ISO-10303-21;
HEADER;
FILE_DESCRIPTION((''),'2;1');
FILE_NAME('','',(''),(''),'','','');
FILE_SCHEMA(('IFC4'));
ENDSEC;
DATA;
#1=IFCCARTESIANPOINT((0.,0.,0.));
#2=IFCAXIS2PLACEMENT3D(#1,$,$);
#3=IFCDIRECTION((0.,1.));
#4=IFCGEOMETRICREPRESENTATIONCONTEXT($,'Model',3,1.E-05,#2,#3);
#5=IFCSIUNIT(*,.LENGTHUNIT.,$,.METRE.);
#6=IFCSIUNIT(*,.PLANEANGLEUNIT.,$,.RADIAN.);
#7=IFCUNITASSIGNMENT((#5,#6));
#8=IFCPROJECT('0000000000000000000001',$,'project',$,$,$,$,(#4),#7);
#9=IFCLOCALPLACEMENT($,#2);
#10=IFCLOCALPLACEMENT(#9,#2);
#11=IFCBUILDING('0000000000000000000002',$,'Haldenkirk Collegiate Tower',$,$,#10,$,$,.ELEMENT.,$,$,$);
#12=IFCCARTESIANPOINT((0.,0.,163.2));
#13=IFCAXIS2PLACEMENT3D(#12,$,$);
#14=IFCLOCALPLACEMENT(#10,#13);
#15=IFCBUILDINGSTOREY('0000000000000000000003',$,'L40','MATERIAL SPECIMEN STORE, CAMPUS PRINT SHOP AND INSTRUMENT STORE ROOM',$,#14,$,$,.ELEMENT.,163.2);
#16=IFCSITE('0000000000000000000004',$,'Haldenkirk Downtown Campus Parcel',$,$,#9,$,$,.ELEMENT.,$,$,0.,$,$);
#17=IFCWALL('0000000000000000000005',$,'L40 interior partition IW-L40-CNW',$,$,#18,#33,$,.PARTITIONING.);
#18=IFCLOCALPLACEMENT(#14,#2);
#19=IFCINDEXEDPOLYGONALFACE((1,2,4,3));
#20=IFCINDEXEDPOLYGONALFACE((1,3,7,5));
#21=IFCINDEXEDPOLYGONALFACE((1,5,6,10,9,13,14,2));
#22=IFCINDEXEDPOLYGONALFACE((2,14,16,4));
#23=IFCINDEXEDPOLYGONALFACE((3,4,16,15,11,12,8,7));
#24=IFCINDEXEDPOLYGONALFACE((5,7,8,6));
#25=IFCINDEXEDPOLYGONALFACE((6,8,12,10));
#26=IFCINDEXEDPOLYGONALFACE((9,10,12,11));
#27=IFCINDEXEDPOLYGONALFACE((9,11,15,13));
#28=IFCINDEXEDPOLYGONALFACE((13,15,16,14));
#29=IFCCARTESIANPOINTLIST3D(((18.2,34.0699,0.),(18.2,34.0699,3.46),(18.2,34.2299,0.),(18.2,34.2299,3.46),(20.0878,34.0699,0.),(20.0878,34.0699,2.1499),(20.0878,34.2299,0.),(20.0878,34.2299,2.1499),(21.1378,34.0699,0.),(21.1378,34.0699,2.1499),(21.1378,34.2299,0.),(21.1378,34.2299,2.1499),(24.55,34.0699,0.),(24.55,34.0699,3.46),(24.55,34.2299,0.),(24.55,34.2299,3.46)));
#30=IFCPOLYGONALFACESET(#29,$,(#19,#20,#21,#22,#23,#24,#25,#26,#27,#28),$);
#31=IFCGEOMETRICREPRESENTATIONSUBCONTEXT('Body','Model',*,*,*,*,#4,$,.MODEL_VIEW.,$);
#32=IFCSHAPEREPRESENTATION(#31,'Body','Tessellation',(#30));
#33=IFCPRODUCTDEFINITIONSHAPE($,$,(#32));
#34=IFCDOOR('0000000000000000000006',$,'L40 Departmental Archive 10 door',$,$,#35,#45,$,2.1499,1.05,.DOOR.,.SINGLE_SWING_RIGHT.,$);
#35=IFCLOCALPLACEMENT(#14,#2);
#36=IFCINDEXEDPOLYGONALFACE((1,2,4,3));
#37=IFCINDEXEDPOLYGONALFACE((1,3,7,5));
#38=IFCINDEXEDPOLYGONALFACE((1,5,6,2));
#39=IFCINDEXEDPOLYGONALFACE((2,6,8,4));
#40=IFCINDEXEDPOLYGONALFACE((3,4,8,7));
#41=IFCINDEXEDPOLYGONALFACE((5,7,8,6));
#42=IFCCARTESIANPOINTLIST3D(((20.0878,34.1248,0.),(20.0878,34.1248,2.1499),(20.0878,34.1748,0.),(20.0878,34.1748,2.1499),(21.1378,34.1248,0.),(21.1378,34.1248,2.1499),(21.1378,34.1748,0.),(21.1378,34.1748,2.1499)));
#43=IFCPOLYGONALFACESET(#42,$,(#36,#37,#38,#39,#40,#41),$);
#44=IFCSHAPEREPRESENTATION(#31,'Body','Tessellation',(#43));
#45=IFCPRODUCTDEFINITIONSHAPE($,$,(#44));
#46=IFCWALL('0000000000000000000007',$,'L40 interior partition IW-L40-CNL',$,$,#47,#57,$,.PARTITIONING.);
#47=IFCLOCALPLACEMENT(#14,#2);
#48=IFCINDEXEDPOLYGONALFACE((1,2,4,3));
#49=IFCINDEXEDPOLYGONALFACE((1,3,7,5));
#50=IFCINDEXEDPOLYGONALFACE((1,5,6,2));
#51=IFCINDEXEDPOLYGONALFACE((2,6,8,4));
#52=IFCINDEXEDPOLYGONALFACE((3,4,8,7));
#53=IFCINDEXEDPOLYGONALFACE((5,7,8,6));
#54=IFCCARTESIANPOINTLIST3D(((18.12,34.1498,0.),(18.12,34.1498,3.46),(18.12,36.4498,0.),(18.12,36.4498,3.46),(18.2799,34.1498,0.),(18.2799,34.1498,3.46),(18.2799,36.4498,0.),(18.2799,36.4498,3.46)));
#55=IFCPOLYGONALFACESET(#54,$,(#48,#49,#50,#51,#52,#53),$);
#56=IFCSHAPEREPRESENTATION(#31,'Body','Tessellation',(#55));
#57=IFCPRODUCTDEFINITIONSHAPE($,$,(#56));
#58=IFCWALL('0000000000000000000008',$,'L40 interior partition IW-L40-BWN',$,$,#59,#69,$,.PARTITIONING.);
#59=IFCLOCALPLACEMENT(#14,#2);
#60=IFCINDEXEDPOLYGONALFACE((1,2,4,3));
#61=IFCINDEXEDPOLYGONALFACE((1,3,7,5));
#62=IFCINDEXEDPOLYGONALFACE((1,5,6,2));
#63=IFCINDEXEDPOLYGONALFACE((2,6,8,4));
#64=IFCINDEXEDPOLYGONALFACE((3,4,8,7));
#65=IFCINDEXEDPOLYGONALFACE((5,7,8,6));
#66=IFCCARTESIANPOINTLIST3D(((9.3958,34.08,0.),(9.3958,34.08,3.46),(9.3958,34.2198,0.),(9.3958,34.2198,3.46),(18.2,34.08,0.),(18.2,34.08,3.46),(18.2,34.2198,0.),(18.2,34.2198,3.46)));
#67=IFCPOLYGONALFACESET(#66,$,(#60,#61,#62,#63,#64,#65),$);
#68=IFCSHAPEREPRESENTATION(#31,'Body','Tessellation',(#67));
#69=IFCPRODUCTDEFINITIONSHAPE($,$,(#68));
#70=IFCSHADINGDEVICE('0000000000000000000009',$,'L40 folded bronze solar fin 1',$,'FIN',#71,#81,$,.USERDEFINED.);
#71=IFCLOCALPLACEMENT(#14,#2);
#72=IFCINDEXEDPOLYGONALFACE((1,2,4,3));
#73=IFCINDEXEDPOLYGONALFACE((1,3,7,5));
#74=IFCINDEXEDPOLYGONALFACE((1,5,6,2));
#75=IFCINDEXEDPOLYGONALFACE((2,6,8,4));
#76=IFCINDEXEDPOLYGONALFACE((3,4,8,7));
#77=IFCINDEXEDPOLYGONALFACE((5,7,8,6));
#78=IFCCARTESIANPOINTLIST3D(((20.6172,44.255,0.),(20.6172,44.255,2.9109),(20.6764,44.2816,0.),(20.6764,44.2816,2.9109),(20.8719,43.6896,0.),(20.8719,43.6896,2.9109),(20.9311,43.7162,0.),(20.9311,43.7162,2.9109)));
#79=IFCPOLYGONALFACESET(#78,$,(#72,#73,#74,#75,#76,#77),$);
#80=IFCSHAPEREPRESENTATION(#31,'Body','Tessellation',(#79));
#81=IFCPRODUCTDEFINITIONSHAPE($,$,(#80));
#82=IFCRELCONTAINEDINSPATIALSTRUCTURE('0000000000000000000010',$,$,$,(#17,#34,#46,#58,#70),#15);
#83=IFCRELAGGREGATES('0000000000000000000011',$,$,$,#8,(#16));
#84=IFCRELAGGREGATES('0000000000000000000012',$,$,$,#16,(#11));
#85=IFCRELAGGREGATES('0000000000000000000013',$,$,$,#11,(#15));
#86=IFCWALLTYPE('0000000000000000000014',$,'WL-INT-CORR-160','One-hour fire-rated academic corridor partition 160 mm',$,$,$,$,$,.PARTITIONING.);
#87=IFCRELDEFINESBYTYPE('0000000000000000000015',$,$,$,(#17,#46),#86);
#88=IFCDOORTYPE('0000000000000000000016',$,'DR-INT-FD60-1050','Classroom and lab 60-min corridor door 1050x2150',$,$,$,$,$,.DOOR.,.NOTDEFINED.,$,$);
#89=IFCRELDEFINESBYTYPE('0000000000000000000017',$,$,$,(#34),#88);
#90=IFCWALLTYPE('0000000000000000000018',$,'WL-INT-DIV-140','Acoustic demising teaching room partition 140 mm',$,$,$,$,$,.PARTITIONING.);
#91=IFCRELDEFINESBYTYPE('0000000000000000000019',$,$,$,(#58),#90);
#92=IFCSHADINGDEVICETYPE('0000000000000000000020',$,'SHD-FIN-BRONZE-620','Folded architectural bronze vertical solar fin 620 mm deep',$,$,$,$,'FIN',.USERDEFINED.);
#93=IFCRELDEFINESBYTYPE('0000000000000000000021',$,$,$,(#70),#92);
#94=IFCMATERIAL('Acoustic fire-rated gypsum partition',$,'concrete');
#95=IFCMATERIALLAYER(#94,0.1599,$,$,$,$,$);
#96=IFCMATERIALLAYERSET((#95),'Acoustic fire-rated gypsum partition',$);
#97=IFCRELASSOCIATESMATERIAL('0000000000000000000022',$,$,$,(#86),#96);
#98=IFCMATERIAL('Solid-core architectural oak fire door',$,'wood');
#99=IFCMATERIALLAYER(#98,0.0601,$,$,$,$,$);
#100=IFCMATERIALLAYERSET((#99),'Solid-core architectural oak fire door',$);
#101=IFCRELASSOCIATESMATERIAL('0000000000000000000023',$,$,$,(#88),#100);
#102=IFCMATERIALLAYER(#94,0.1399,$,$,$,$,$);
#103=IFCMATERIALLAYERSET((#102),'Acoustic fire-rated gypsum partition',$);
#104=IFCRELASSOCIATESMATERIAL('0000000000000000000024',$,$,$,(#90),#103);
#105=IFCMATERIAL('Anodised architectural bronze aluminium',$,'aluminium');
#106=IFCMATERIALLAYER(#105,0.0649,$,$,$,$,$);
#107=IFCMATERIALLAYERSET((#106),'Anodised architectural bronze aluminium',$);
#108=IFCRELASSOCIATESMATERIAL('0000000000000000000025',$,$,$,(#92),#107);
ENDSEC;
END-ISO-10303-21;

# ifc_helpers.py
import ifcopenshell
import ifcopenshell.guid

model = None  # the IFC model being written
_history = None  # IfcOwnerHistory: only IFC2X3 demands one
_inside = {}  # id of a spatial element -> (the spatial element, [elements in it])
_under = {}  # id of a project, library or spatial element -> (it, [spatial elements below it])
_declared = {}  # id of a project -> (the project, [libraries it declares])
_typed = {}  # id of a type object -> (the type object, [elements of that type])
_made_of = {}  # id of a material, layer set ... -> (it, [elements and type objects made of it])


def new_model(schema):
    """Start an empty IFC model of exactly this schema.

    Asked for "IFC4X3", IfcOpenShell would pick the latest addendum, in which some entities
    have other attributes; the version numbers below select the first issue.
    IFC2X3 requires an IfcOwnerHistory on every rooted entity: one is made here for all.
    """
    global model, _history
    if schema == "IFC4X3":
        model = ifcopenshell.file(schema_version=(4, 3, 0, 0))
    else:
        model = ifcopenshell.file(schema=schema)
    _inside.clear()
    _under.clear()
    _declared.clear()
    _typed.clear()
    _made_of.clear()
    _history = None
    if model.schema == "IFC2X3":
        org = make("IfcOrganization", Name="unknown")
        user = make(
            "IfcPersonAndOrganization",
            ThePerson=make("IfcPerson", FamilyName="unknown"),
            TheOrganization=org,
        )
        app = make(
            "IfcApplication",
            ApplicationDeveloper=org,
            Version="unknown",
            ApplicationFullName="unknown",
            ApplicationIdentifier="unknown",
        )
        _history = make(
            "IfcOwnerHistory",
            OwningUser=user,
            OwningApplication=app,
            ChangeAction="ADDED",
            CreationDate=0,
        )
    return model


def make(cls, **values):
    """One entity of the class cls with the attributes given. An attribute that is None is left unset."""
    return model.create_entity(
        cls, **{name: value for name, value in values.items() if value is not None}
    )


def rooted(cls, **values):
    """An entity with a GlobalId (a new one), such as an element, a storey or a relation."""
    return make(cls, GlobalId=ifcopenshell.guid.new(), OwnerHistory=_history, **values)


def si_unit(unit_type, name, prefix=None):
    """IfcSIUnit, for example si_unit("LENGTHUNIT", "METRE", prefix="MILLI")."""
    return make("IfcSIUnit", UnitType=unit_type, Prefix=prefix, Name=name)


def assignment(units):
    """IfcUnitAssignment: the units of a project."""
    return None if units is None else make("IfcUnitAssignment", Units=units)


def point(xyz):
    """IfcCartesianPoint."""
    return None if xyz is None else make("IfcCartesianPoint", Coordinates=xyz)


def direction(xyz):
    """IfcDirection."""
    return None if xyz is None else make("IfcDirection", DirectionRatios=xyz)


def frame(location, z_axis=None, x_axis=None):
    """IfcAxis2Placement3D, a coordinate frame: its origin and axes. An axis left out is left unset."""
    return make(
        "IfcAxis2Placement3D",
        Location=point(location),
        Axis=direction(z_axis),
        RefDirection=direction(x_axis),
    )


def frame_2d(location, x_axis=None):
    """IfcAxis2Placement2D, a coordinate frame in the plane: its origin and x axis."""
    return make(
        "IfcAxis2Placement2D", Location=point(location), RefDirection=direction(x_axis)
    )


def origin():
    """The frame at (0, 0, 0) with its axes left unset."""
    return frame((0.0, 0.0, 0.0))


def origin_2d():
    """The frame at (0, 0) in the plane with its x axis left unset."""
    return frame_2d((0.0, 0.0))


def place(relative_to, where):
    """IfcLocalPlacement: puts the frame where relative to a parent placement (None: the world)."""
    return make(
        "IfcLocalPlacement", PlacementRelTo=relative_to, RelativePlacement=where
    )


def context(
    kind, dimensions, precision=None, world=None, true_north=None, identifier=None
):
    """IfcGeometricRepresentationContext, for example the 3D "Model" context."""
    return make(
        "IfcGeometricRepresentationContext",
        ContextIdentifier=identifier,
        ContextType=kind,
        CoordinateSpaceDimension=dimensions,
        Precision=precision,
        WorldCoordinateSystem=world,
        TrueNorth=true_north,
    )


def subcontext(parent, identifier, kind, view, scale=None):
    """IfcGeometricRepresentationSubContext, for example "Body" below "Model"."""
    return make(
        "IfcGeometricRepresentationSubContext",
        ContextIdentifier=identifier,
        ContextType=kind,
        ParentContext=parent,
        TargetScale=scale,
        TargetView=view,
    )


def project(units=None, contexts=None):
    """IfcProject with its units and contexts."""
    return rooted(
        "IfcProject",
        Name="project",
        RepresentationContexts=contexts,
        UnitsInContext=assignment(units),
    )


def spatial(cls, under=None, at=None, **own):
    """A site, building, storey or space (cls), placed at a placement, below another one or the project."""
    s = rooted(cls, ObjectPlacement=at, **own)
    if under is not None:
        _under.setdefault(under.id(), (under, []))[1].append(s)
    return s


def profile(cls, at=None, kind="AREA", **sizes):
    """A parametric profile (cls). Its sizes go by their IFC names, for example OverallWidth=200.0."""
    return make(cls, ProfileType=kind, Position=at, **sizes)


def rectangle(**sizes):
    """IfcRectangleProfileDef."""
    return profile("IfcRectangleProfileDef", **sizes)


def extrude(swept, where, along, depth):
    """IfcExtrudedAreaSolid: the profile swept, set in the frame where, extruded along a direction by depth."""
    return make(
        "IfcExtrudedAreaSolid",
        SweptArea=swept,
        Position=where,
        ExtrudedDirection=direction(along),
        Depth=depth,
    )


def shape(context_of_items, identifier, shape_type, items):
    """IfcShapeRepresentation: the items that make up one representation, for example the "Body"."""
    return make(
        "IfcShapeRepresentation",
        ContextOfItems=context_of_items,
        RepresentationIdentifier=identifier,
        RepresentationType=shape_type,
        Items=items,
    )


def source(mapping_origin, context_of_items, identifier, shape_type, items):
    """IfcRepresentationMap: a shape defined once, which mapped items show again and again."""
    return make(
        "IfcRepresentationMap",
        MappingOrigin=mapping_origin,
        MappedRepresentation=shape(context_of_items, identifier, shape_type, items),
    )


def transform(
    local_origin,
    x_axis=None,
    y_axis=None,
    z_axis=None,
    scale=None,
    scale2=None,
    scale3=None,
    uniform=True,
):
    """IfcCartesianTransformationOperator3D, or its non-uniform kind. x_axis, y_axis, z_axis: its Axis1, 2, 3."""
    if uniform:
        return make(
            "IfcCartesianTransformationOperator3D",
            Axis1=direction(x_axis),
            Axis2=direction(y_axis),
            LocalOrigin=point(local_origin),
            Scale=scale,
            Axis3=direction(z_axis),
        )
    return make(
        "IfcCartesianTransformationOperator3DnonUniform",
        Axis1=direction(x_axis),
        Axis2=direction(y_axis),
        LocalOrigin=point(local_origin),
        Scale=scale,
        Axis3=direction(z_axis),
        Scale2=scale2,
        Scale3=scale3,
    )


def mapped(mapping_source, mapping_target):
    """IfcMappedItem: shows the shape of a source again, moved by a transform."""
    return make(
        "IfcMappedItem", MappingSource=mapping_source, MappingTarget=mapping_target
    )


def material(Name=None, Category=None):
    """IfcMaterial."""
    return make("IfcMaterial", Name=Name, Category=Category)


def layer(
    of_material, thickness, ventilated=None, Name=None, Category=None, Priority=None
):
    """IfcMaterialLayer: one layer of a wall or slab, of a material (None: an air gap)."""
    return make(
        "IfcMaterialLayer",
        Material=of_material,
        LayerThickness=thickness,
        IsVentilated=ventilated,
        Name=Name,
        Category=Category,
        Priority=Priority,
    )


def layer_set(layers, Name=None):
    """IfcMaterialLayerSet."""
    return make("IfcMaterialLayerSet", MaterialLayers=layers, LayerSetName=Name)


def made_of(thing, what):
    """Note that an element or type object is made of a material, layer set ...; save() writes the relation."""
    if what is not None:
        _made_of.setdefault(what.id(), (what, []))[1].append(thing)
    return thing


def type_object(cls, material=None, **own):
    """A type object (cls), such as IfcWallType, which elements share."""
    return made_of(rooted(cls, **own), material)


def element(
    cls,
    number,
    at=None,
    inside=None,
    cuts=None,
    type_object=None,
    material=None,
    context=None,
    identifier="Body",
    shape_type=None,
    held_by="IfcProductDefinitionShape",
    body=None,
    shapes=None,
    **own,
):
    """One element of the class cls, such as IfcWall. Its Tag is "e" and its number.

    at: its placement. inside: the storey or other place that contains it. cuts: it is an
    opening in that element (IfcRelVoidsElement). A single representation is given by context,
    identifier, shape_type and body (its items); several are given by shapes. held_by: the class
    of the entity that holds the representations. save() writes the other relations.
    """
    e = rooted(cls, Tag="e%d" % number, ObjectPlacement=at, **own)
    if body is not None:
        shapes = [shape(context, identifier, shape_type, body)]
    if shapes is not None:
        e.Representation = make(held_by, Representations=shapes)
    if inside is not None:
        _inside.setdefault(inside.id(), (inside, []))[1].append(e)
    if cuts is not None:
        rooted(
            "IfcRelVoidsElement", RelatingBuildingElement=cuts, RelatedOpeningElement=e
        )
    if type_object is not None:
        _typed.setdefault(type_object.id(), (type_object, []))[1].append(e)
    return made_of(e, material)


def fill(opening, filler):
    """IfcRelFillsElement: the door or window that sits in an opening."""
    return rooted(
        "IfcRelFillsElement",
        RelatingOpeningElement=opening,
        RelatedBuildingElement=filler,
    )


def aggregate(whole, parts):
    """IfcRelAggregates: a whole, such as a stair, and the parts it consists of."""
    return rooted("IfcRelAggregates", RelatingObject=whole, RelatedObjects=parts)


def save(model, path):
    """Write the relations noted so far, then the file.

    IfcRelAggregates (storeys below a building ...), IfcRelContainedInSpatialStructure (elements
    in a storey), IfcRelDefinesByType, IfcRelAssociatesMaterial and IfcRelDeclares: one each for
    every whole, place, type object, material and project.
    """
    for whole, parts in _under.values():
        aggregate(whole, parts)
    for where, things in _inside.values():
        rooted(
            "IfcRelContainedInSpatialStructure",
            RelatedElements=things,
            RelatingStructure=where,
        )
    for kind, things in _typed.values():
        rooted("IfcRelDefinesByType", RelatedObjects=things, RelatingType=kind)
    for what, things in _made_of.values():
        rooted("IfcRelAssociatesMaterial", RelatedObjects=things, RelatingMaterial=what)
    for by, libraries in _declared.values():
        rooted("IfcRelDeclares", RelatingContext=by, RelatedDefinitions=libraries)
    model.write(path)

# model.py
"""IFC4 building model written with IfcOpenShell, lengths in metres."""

from ifc_helpers import new_model, si_unit, direction, frame, frame_2d, origin, origin_2d, place, context, subcontext, project, spatial, rectangle, extrude, source, transform, mapped, material, layer, layer_set, type_object, element, fill, save


model = new_model("IFC4")

# Units and contexts
model_context = context("Model", 3, precision=1e-05, world=origin(), true_north=direction((0.0, 1.0)))
body_context = subcontext(model_context, "Body", "Model", "MODEL_VIEW")
ifc_project = project(units=[si_unit("LENGTHUNIT", "METRE"), si_unit("PLANEANGLEUNIT", "RADIAN")], contexts=[model_context])

# Site, building, storey
site_placement = place(None, origin())
site = spatial("IfcSite", under=ifc_project, at=site_placement, Name="Haldenkirk Downtown Campus Parcel", CompositionType="ELEMENT", RefElevation=0.0)
building_placement = place(site_placement, origin())
building = spatial("IfcBuilding", under=site, at=building_placement, Name="Haldenkirk Collegiate Tower", CompositionType="ELEMENT")
storey_placement = place(building_placement, frame((0.0, 0.0, 163.2)))
storey = spatial("IfcBuildingStorey", under=building, at=storey_placement, Name="L40", Description="MATERIAL SPECIMEN STORE, CAMPUS PRINT SHOP AND INSTRUMENT STORE ROOM", CompositionType="ELEMENT", Elevation=163.2)

# Shared definitions
ifc_material_1 = material(Name="Anodised architectural bronze aluminium", Category="aluminium")

# Shared definitions
ifc_material_2 = material(Name="Acoustic fire-rated gypsum partition", Category="concrete")
ifc_layer_1 = layer(ifc_material_2, 0.1599)
ifc_layer_set_1 = layer_set([ifc_layer_1], Name="Acoustic fire-rated gypsum partition")
wall_type_1 = type_object("IfcWallType", Name="WL-INT-CORR-160", Description="One-hour fire-rated academic corridor partition 160 mm", PredefinedType="PARTITIONING", material=ifc_layer_set_1)
ifc_material_3 = material(Name="Solid-core architectural oak fire door", Category="wood")
ifc_layer_2 = layer(ifc_material_3, 0.0601)
ifc_layer_set_2 = layer_set([ifc_layer_2], Name="Solid-core architectural oak fire door")
door_type_1 = type_object("IfcDoorType", Name="DR-INT-FD60-1050", Description="Classroom and lab 60-min corridor door 1050x2150", OperationType="NOTDEFINED", PredefinedType="DOOR", material=ifc_layer_set_2)

# Wall, opening, door
wall_1_placement = place(storey_placement, frame((18.2, 34.1499, 0.0), z_axis=(0.0, 0.0, 1.0), x_axis=(1.0, 0.0, 0.0)))
wall_1 = element("IfcWall", 1, at=wall_1_placement, inside=storey, type_object=wall_type_1, Name="L40 interior partition IW-L40-CNW", PredefinedType="PARTITIONING", context=body_context, shape_type="SweptSolid", body=[
    extrude(rectangle(XDim=6.3501, YDim=0.1599, at=frame_2d((3.175, 0.0))), origin(), (0.0, 0.0, 1.0), 3.46),
])
opening_1_placement = place(wall_1_placement, frame((1.8879, 0.0, 0.0)))
opening_1 = element("IfcOpeningElement", 2, at=opening_1_placement, cuts=wall_1, PredefinedType="OPENING", context=body_context, shape_type="SweptSolid", body=[
    extrude(rectangle(XDim=1.05, YDim=2.1499, at=frame_2d((0.5249, 1.075))), frame((0.0, 0.0898, 0.0), z_axis=(0.0, -1.0, 0.0), x_axis=(1.0, 0.0, 0.0)), (0.0, 0.0, 1.0), 0.1799),
])
door_1_placement = place(opening_1_placement, origin())
door_1 = element("IfcDoor", 3, at=door_1_placement, inside=storey, type_object=door_type_1, Name="L40 Departmental Archive 10 door", OperationType="SINGLE_SWING_RIGHT", OverallHeight=2.1499, OverallWidth=1.05, PredefinedType="DOOR", context=body_context, shape_type="SweptSolid", body=[
    extrude(rectangle(XDim=1.05, YDim=2.1499, at=frame_2d((0.5249, 1.075))), frame((0.0, 0.0249, 0.0), z_axis=(0.0, -1.0, 0.0), x_axis=(1.0, 0.0, 0.0)), (0.0, 0.0, 1.0), 0.05),
])
fill(opening_1, door_1)

# Walls
wall_2_placement = place(storey_placement, frame((18.2, 34.1499, 0.0), z_axis=(0.0, 0.0, 1.0), x_axis=(0.0, 1.0, 0.0)))
element("IfcWall", 4, at=wall_2_placement, inside=storey, type_object=wall_type_1, Name="L40 interior partition IW-L40-CNL", PredefinedType="PARTITIONING", context=body_context, shape_type="SweptSolid", body=[
    extrude(rectangle(XDim=2.3, YDim=0.1599, at=frame_2d((1.1499, 0.0))), origin(), (0.0, 0.0, 1.0), 3.46),
])
ifc_layer_3 = layer(ifc_material_2, 0.1399)
ifc_layer_set_3 = layer_set([ifc_layer_3], Name="Acoustic fire-rated gypsum partition")
wall_type_2 = type_object("IfcWallType", Name="WL-INT-DIV-140", Description="Acoustic demising teaching room partition 140 mm", PredefinedType="PARTITIONING", material=ifc_layer_set_3)
wall_3_placement = place(storey_placement, frame((9.3958, 34.1499, 0.0), z_axis=(0.0, 0.0, 1.0), x_axis=(1.0, 0.0, 0.0)))
element("IfcWall", 5, at=wall_3_placement, inside=storey, type_object=wall_type_2, Name="L40 interior partition IW-L40-BWN", PredefinedType="PARTITIONING", context=body_context, shape_type="SweptSolid", body=[
    extrude(rectangle(XDim=8.8042, YDim=0.1399, at=frame_2d((4.4021, 0.0))), origin(), (0.0, 0.0, 1.0), 3.46),
])

# Shading device
ifc_layer_4 = layer(ifc_material_1, 0.0649)
ifc_layer_set_4 = layer_set([ifc_layer_4], Name="Anodised architectural bronze aluminium")
shading_device_type = type_object("IfcShadingDeviceType", Name="SHD-FIN-BRONZE-620", Description="Folded architectural bronze vertical solar fin 620 mm deep", ElementType="FIN", PredefinedType="USERDEFINED", material=ifc_layer_set_4)
shared_shape_1 = source(origin(), body_context, "Body", "SweptSolid", [
    extrude(rectangle(XDim=0.6201, YDim=0.0649, at=origin_2d()), origin(), (0.0, 0.0, 1.0), 2.9109),
])
shading_device_placement = place(storey_placement, frame((20.7742, 43.9856, 0.0), z_axis=(0.0, 0.0, 1.0), x_axis=(-0.410719, 0.911762, 0.0)))
element("IfcShadingDevice", 6, at=shading_device_placement, inside=storey, type_object=shading_device_type, Name="L40 folded bronze solar fin 1", ObjectType="FIN", PredefinedType="USERDEFINED", context=body_context, shape_type="MappedRepresentation", body=[
    mapped(shared_shape_1, transform((0.0, 0.0, 0.0), x_axis=(1.0, 0.0, 0.0), y_axis=(0.0, 1.0, 0.0), z_axis=(0.0, 0.0, 1.0), scale=1.0)),
])

save(model, "model.ifc")
